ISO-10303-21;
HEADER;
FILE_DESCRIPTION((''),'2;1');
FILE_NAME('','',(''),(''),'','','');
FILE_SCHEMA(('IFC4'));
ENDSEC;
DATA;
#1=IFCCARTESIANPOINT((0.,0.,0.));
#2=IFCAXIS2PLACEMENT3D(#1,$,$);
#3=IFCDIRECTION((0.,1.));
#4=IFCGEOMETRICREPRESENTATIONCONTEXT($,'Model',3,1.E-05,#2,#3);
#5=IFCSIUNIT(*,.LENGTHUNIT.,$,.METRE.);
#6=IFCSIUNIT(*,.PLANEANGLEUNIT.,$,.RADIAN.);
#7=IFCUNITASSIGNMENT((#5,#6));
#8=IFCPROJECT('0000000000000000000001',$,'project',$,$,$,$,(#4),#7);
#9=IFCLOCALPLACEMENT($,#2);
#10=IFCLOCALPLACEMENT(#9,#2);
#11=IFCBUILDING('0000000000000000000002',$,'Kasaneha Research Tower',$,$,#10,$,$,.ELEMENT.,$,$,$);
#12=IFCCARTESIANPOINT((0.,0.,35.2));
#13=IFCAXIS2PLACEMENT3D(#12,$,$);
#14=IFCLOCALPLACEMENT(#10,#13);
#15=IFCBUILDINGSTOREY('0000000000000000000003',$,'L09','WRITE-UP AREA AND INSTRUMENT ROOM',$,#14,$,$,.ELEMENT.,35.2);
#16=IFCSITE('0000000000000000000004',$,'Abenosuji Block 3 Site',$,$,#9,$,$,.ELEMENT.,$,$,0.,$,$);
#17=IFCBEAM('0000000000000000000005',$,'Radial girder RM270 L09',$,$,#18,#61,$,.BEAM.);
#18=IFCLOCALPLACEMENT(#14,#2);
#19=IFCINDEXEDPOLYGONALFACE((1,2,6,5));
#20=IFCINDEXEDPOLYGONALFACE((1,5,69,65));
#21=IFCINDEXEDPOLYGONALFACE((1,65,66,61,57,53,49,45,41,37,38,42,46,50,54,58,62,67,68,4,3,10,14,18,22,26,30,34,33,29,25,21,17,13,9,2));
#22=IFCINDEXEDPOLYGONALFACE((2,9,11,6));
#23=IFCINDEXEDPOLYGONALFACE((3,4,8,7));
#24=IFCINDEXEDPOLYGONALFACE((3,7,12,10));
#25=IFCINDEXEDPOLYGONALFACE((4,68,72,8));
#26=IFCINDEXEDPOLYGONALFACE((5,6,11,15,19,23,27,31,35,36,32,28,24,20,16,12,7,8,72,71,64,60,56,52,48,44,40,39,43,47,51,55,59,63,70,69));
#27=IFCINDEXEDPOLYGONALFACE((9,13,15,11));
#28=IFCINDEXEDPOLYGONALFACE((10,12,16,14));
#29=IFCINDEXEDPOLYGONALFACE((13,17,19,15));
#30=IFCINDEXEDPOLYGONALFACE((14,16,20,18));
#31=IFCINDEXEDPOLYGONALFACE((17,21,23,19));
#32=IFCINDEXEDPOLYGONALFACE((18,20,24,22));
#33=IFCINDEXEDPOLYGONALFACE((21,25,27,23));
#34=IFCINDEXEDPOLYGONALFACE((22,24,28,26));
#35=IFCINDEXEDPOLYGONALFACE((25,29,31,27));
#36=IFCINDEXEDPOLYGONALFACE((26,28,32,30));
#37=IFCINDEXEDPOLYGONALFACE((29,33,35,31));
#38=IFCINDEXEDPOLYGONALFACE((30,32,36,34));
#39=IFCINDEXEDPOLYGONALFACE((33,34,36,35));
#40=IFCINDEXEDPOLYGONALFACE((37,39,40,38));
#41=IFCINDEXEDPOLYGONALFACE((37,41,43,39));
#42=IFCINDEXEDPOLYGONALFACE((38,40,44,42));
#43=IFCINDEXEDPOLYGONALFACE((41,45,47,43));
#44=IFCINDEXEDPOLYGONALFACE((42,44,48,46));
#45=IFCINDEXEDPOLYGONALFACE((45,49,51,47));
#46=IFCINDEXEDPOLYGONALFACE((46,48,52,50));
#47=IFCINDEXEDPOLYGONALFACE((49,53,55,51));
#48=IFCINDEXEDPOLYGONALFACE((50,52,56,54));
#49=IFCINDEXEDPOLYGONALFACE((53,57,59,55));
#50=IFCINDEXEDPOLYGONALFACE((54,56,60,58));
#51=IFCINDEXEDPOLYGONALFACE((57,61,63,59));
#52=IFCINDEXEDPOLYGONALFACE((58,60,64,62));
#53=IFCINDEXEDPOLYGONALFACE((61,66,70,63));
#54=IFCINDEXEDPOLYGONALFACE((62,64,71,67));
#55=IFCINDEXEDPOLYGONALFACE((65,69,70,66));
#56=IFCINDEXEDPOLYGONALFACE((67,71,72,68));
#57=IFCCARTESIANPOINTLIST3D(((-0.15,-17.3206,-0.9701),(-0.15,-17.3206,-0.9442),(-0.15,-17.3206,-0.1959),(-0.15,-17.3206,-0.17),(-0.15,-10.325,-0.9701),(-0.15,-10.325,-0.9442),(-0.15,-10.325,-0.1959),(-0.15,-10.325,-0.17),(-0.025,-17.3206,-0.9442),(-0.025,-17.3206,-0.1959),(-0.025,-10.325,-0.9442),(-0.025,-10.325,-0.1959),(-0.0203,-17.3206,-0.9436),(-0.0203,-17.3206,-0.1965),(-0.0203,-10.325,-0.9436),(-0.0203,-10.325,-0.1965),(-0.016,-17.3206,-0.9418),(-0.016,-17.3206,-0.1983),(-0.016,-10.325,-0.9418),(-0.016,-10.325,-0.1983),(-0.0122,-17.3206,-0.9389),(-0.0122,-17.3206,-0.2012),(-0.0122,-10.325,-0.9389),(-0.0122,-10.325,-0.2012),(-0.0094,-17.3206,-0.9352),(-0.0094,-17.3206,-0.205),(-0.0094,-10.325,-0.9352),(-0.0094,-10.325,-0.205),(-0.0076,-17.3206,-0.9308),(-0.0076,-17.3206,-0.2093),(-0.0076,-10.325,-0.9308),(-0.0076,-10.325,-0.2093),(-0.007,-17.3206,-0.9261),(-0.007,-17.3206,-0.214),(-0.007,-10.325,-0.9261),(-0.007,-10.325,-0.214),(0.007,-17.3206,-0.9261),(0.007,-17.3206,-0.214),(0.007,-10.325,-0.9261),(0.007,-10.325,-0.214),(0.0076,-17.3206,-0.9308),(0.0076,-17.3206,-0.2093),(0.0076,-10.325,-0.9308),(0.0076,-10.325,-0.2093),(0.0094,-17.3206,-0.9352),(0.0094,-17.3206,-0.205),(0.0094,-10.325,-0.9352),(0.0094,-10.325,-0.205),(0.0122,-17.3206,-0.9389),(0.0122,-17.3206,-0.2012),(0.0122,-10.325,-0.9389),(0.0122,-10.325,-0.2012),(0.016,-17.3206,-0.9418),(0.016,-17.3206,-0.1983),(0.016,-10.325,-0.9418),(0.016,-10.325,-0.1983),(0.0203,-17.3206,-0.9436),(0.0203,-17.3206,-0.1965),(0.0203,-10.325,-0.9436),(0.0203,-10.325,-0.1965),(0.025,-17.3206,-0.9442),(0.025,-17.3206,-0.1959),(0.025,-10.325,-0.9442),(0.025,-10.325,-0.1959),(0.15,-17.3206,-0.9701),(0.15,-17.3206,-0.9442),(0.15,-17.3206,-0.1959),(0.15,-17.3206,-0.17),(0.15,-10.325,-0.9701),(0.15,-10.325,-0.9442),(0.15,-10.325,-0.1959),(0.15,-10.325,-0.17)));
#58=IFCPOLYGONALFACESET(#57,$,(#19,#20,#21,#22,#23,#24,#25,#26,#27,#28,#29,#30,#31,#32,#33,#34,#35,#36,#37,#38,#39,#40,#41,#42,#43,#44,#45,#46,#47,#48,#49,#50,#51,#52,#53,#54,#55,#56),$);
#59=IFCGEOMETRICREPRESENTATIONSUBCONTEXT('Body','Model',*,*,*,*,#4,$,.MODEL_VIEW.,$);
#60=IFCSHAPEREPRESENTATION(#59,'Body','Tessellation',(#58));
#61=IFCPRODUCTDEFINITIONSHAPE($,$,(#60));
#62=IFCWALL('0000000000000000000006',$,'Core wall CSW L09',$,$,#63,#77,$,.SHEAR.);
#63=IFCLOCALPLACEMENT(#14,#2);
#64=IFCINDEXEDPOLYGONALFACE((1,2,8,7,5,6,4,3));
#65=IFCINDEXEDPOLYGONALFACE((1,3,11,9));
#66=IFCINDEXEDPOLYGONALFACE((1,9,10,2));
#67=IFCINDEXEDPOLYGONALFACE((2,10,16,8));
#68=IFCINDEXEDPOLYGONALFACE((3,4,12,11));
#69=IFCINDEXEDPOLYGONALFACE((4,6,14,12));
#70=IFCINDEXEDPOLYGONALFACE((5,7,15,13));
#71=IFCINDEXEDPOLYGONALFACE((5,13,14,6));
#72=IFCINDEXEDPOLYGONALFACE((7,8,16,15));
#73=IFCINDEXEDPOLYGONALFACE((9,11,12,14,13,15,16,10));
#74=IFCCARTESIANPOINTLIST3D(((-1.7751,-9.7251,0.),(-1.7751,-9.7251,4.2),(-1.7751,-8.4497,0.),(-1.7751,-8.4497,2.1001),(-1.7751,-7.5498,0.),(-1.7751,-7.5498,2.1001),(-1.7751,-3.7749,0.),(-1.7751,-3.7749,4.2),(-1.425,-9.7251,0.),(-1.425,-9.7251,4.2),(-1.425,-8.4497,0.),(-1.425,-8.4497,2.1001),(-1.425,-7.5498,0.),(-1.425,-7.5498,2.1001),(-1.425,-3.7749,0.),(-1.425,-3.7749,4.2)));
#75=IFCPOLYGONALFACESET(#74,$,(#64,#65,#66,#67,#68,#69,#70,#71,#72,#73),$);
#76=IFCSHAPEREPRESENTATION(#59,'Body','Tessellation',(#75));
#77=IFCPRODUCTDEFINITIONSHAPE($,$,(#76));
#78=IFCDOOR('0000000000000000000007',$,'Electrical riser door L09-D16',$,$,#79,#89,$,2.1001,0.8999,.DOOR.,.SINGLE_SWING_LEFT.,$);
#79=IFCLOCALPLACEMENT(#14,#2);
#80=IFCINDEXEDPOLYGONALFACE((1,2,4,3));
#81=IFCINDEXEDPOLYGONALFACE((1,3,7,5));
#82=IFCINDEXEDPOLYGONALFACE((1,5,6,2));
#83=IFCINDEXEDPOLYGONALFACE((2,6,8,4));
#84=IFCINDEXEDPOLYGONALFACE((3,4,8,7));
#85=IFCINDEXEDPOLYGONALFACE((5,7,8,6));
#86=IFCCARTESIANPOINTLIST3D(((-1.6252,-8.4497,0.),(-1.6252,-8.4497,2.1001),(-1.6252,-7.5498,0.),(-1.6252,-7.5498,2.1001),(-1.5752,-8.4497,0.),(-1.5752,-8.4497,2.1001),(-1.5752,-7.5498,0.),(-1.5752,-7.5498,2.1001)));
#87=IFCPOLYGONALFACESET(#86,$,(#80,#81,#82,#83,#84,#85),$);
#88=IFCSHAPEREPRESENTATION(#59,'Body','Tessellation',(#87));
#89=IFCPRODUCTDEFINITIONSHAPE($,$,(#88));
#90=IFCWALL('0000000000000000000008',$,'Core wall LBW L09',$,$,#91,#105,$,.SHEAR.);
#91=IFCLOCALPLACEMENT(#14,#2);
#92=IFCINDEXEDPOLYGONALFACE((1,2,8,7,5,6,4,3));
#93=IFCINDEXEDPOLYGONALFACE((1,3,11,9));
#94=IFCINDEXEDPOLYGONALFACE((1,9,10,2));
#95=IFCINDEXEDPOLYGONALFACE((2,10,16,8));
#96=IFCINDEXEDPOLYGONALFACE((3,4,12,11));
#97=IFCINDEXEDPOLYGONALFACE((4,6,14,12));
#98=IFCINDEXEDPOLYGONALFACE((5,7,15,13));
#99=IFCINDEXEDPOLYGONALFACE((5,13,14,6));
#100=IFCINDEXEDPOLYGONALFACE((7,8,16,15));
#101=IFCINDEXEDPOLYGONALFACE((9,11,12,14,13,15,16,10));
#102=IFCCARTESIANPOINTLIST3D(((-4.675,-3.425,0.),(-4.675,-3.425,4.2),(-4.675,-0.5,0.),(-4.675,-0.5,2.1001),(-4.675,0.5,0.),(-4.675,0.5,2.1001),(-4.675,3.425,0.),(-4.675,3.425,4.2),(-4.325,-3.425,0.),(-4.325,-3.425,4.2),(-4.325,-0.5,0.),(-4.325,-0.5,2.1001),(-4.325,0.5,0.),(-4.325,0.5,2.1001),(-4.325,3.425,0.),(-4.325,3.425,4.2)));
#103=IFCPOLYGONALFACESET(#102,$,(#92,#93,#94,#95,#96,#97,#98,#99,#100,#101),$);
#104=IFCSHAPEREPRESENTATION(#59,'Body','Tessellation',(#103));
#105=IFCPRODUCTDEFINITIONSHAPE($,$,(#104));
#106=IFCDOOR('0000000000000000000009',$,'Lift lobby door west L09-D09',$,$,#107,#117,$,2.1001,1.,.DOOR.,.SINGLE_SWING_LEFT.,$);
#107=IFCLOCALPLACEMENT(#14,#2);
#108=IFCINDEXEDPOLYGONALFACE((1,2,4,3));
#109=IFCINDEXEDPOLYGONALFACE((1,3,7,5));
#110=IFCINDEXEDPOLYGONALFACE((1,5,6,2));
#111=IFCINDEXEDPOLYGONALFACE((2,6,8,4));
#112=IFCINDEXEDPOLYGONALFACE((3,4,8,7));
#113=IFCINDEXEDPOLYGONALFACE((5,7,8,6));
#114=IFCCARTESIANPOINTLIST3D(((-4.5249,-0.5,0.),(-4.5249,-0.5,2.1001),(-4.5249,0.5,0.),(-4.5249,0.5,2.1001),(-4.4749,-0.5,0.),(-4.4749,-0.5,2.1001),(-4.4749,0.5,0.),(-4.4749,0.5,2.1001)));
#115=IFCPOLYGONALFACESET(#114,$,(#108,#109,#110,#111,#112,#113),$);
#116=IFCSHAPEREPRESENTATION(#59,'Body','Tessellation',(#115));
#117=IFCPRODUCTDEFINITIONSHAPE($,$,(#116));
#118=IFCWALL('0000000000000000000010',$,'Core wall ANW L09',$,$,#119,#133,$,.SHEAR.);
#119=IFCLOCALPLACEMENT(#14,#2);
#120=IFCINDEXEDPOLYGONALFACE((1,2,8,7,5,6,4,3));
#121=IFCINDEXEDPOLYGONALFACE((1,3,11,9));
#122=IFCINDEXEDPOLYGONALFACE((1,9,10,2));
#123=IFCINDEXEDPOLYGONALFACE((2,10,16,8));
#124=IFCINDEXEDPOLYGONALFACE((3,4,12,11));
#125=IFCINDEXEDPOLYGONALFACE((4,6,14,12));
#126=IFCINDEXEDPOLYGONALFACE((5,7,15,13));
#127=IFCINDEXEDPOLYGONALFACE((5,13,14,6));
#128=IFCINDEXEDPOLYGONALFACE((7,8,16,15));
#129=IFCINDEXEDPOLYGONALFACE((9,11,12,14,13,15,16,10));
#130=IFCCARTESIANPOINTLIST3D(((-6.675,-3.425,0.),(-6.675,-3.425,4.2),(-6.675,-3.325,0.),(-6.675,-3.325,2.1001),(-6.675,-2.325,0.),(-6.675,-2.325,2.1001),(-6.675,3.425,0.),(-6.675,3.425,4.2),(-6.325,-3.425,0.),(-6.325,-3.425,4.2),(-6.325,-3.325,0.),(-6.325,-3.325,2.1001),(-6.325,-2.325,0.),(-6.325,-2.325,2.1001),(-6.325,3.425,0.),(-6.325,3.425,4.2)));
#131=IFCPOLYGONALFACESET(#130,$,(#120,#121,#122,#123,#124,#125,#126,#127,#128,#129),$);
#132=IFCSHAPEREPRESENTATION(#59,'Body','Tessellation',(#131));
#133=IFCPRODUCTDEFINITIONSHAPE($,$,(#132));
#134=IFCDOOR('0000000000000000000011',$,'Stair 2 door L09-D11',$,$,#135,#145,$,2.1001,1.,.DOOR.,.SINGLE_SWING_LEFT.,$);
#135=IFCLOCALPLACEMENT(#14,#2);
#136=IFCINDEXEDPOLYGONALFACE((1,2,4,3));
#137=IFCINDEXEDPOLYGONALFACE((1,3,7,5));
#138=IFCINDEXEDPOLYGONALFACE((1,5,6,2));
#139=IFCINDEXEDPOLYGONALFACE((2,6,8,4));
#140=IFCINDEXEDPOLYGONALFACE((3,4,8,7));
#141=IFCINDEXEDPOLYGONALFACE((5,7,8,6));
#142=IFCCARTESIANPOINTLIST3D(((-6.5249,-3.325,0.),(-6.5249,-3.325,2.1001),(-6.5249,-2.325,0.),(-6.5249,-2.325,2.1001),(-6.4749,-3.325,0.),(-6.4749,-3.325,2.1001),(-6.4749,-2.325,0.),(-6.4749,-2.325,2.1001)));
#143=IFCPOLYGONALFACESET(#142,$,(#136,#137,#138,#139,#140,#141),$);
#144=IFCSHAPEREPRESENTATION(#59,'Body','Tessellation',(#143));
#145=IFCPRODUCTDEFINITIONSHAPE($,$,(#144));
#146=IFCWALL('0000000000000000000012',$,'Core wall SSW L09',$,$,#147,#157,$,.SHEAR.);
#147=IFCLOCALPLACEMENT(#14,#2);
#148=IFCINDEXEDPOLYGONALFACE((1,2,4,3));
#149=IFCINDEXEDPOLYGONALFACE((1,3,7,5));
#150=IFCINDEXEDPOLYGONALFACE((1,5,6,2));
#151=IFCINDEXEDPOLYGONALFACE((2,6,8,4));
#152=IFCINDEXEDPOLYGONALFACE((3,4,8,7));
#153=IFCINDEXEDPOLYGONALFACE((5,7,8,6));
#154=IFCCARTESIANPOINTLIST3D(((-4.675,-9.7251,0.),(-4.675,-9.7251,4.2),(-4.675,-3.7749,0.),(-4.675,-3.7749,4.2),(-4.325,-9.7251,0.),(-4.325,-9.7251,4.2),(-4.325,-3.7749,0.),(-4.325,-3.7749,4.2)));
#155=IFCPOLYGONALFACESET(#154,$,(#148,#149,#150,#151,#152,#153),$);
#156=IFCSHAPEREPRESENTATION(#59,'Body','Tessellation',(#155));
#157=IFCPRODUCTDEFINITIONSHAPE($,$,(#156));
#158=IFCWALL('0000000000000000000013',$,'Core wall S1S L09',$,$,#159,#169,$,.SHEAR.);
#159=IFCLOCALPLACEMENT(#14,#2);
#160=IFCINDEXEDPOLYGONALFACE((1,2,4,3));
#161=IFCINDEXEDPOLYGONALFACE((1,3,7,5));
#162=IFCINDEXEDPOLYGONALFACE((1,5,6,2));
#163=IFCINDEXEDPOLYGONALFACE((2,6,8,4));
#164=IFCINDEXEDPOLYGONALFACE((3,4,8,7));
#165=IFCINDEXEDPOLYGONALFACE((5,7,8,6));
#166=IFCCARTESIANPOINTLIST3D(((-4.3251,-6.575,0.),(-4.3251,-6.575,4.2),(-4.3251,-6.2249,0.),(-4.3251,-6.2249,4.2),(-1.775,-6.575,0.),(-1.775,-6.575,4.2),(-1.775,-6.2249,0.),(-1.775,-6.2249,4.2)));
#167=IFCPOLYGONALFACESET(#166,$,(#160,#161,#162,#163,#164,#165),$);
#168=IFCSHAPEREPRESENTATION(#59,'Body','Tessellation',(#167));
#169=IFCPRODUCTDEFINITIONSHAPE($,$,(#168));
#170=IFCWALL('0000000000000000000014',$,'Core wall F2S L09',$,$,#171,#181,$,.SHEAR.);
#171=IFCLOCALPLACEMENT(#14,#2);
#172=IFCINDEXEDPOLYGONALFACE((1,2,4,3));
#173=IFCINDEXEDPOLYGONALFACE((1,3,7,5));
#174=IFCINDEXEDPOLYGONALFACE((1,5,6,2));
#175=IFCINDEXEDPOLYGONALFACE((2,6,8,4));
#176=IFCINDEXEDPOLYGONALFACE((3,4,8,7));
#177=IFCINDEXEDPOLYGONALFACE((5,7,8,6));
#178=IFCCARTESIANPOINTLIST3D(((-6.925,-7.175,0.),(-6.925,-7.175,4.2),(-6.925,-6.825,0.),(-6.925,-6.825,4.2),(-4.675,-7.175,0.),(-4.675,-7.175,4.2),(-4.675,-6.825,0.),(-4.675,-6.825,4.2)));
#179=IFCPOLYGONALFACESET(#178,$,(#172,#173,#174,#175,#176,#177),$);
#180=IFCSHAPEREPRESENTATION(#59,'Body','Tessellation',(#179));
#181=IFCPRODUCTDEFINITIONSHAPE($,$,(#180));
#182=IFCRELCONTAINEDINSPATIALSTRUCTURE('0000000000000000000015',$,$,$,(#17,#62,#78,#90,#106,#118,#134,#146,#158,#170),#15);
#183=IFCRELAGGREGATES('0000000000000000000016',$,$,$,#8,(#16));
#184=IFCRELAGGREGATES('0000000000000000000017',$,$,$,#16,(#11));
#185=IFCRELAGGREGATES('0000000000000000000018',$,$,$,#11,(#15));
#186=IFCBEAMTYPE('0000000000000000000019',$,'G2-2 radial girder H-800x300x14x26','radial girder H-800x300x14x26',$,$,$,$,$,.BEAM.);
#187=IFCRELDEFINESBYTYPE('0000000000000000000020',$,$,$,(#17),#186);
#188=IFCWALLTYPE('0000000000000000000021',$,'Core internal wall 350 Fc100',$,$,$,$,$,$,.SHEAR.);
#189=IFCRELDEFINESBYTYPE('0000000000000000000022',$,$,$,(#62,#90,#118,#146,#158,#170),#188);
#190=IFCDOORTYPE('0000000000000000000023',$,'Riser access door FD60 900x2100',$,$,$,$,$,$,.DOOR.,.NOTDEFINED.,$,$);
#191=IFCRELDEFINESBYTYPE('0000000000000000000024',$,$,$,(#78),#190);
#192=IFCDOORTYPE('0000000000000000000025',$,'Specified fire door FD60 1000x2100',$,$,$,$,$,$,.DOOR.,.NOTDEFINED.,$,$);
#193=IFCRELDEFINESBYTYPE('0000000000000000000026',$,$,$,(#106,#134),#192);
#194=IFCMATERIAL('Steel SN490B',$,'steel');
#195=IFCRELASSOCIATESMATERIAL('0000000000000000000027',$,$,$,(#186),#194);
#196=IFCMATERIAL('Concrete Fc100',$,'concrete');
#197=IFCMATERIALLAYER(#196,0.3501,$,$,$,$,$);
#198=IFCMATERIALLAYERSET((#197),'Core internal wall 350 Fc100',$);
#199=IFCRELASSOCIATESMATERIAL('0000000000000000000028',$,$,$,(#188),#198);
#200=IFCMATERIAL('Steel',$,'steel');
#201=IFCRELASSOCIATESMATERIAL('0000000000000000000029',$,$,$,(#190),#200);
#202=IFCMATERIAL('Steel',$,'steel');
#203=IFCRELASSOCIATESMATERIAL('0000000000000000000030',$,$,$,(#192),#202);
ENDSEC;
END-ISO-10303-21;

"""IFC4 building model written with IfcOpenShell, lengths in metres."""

from ifc_helpers import new_model, si_unit, direction, frame, frame_2d, origin, origin_2d, place, context, subcontext, project, spatial, rectangle, i_section, extrude, material, layer, layer_set, material_profile, profile_set, type_object, element, fill, save


model = new_model("IFC4")

# Units and contexts
model_context = context("Model", 3, precision=1e-05, world=origin(), true_north=direction((0.0, 1.0)))
body_context = subcontext(model_context, "Body", "Model", "MODEL_VIEW")
ifc_project = project(units=[si_unit("LENGTHUNIT", "METRE"), si_unit("PLANEANGLEUNIT", "RADIAN")], contexts=[model_context])

# Site, building, storey
site_placement = place(None, origin())
site = spatial("IfcSite", under=ifc_project, at=site_placement, Name="Abenosuji Block 3 Site", CompositionType="ELEMENT", RefElevation=0.0)
building_placement = place(site_placement, origin())
building = spatial("IfcBuilding", under=site, at=building_placement, Name="Kasaneha Research Tower", CompositionType="ELEMENT")
storey_placement = place(building_placement, frame((0.0, 0.0, 35.2)))
storey = spatial("IfcBuildingStorey", under=building, at=storey_placement, Name="L09", Description="WRITE-UP AREA AND INSTRUMENT ROOM", CompositionType="ELEMENT", Elevation=35.2)

# Beam
ifc_material_1 = material(Name="Steel SN490B", Category="steel")
ifc_material_profile_1 = material_profile(ifc_material_1, i_section(OverallWidth=0.3, OverallDepth=0.8, WebThickness=0.0139, FlangeThickness=0.0259, FilletRadius=0.0181, at=origin_2d()), Name="H-800x300x14x26")
ifc_profile_set_1 = profile_set([ifc_material_profile_1], Name="Steel SN490B")
beam_type_1 = type_object("IfcBeamType", Name="G2-2 radial girder H-800x300x14x26", Description="radial girder H-800x300x14x26", PredefinedType="BEAM", material=ifc_profile_set_1)
beam_1_placement = place(storey_placement, frame((0.0, -10.325, -0.5701), z_axis=(0.0, -1.0, 0.0), x_axis=(1.0, 0.0, 0.0)))
element("IfcBeam", 1, at=beam_1_placement, inside=storey, type_object=beam_type_1, Name="Radial girder RM270 L09", PredefinedType="BEAM", context=body_context, shape_type="SweptSolid", body=[
    extrude(i_section(OverallWidth=0.3, OverallDepth=0.8, WebThickness=0.0139, FlangeThickness=0.0259, FilletRadius=0.0181, at=origin_2d()), origin(), (0.0, 0.0, 1.0), 6.9956),
])

# Walls, openings, doors
ifc_material_2 = material(Name="Concrete Fc100", Category="concrete")
ifc_layer_1 = layer(ifc_material_2, 0.3501)
ifc_layer_set_1 = layer_set([ifc_layer_1], Name="Core internal wall 350 Fc100")
wall_type_1 = type_object("IfcWallType", Name="Core internal wall 350 Fc100", PredefinedType="SHEAR", material=ifc_layer_set_1)
wall_1_placement = place(storey_placement, frame((-1.6001, -3.7749, 0.0), z_axis=(0.0, 0.0, 1.0), x_axis=(0.0, -1.0, 0.0)))
wall_1 = element("IfcWall", 2, at=wall_1_placement, inside=storey, type_object=wall_type_1, Name="Core wall CSW L09", PredefinedType="SHEAR", context=body_context, shape_type="SweptSolid", body=[
    extrude(rectangle(XDim=5.9502, YDim=0.3501, at=frame_2d((2.9751, 0.0))), origin(), (0.0, 0.0, 1.0), 4.2),
])
opening_1_placement = place(wall_1_placement, frame((3.7749, 0.0, 0.0)))
opening_1 = element("IfcOpeningElement", 3, at=opening_1_placement, cuts=wall_1, PredefinedType="OPENING", context=body_context, shape_type="SweptSolid", body=[
    extrude(rectangle(XDim=0.8999, YDim=2.1001, at=frame_2d((0.45, 1.05))), frame((0.0, 0.1851, 0.0), z_axis=(0.0, -1.0, 0.0), x_axis=(1.0, 0.0, 0.0)), (0.0, 0.0, 1.0), 0.3701),
])
ifc_material_3 = material(Name="Steel", Category="steel")
door_type_1 = type_object("IfcDoorType", Name="Riser access door FD60 900x2100", OperationType="NOTDEFINED", PredefinedType="DOOR", material=ifc_material_3)
door_1_placement = place(opening_1_placement, origin())
door_1 = element("IfcDoor", 4, at=door_1_placement, inside=storey, type_object=door_type_1, Name="Electrical riser door L09-D16", OperationType="SINGLE_SWING_LEFT", OverallHeight=2.1001, OverallWidth=0.8999, PredefinedType="DOOR", context=body_context, shape_type="SweptSolid", body=[
    extrude(rectangle(XDim=0.8999, YDim=2.1001, at=frame_2d((0.45, 1.05))), frame((0.0, 0.0249, 0.0), z_axis=(0.0, -1.0, 0.0), x_axis=(1.0, 0.0, 0.0)), (0.0, 0.0, 1.0), 0.05),
])
fill(opening_1, door_1)
wall_2_placement = place(storey_placement, frame((-4.5, -3.425, 0.0), z_axis=(0.0, 0.0, 1.0), x_axis=(0.0, 1.0, 0.0)))
wall_2 = element("IfcWall", 5, at=wall_2_placement, inside=storey, type_object=wall_type_1, Name="Core wall LBW L09", PredefinedType="SHEAR", context=body_context, shape_type="SweptSolid", body=[
    extrude(rectangle(XDim=6.8501, YDim=0.3501, at=frame_2d((3.425, 0.0))), origin(), (0.0, 0.0, 1.0), 4.2),
])
opening_2_placement = place(wall_2_placement, frame((2.925, 0.0, 0.0)))
opening_2 = element("IfcOpeningElement", 6, at=opening_2_placement, cuts=wall_2, PredefinedType="OPENING", context=body_context, shape_type="SweptSolid", body=[
    extrude(rectangle(XDim=1.0, YDim=2.1001, at=frame_2d((0.5, 1.05))), frame((0.0, 0.1851, 0.0), z_axis=(0.0, -1.0, 0.0), x_axis=(1.0, 0.0, 0.0)), (0.0, 0.0, 1.0), 0.3701),
])
ifc_material_4 = material(Name="Steel", Category="steel")
door_type_2 = type_object("IfcDoorType", Name="Specified fire door FD60 1000x2100", OperationType="NOTDEFINED", PredefinedType="DOOR", material=ifc_material_4)
door_2_placement = place(opening_2_placement, origin())
door_2 = element("IfcDoor", 7, at=door_2_placement, inside=storey, type_object=door_type_2, Name="Lift lobby door west L09-D09", OperationType="SINGLE_SWING_LEFT", OverallHeight=2.1001, OverallWidth=1.0, PredefinedType="DOOR", context=body_context, shape_type="SweptSolid", body=[
    extrude(rectangle(XDim=1.0, YDim=2.1001, at=frame_2d((0.5, 1.05))), frame((0.0, 0.0249, 0.0), z_axis=(0.0, -1.0, 0.0), x_axis=(1.0, 0.0, 0.0)), (0.0, 0.0, 1.0), 0.05),
])
fill(opening_2, door_2)
wall_3_placement = place(storey_placement, frame((-6.5, -3.425, 0.0), z_axis=(0.0, 0.0, 1.0), x_axis=(0.0, 1.0, 0.0)))
wall_3 = element("IfcWall", 8, at=wall_3_placement, inside=storey, type_object=wall_type_1, Name="Core wall ANW L09", PredefinedType="SHEAR", context=body_context, shape_type="SweptSolid", body=[
    extrude(rectangle(XDim=6.8501, YDim=0.3501, at=frame_2d((3.425, 0.0))), origin(), (0.0, 0.0, 1.0), 4.2),
])
opening_3_placement = place(wall_3_placement, frame((0.1001, 0.0, 0.0)))
opening_3 = element("IfcOpeningElement", 9, at=opening_3_placement, cuts=wall_3, PredefinedType="OPENING", context=body_context, shape_type="SweptSolid", body=[
    extrude(rectangle(XDim=1.0, YDim=2.1001, at=frame_2d((0.5, 1.05))), frame((0.0, 0.1851, 0.0), z_axis=(0.0, -1.0, 0.0), x_axis=(1.0, 0.0, 0.0)), (0.0, 0.0, 1.0), 0.3701),
])
door_3_placement = place(opening_3_placement, origin())
door_3 = element("IfcDoor", 10, at=door_3_placement, inside=storey, type_object=door_type_2, Name="Stair 2 door L09-D11", OperationType="SINGLE_SWING_LEFT", OverallHeight=2.1001, OverallWidth=1.0, PredefinedType="DOOR", context=body_context, shape_type="SweptSolid", body=[
    extrude(rectangle(XDim=1.0, YDim=2.1001, at=frame_2d((0.5, 1.05))), frame((0.0, 0.0249, 0.0), z_axis=(0.0, -1.0, 0.0), x_axis=(1.0, 0.0, 0.0)), (0.0, 0.0, 1.0), 0.05),
])
fill(opening_3, door_3)

# Walls
wall_4_placement = place(storey_placement, frame((-4.5, -3.7749, 0.0), z_axis=(0.0, 0.0, 1.0), x_axis=(0.0, -1.0, 0.0)))
element("IfcWall", 11, at=wall_4_placement, inside=storey, type_object=wall_type_1, Name="Core wall SSW L09", PredefinedType="SHEAR", context=body_context, shape_type="SweptSolid", body=[
    extrude(rectangle(XDim=5.9502, YDim=0.3501, at=frame_2d((2.9751, 0.0))), origin(), (0.0, 0.0, 1.0), 4.2),
])
wall_5_placement = place(storey_placement, frame((-4.325, -6.3999, 0.0), z_axis=(0.0, 0.0, 1.0), x_axis=(1.0, 0.0, 0.0)))
element("IfcWall", 12, at=wall_5_placement, inside=storey, type_object=wall_type_1, Name="Core wall S1S L09", PredefinedType="SHEAR", context=body_context, shape_type="SweptSolid", body=[
    extrude(rectangle(XDim=2.55, YDim=0.3501, at=frame_2d((1.2749, 0.0))), origin(), (0.0, 0.0, 1.0), 4.2),
])
wall_6_placement = place(storey_placement, frame((-6.925, -7.0, 0.0), z_axis=(0.0, 0.0, 1.0), x_axis=(1.0, 0.0, 0.0)))
element("IfcWall", 13, at=wall_6_placement, inside=storey, type_object=wall_type_1, Name="Core wall F2S L09", PredefinedType="SHEAR", context=body_context, shape_type="SweptSolid", body=[
    extrude(rectangle(XDim=2.25, YDim=0.3501, at=frame_2d((1.125, 0.0))), origin(), (0.0, 0.0, 1.0), 4.2),
])

save(model, "model.ifc")
